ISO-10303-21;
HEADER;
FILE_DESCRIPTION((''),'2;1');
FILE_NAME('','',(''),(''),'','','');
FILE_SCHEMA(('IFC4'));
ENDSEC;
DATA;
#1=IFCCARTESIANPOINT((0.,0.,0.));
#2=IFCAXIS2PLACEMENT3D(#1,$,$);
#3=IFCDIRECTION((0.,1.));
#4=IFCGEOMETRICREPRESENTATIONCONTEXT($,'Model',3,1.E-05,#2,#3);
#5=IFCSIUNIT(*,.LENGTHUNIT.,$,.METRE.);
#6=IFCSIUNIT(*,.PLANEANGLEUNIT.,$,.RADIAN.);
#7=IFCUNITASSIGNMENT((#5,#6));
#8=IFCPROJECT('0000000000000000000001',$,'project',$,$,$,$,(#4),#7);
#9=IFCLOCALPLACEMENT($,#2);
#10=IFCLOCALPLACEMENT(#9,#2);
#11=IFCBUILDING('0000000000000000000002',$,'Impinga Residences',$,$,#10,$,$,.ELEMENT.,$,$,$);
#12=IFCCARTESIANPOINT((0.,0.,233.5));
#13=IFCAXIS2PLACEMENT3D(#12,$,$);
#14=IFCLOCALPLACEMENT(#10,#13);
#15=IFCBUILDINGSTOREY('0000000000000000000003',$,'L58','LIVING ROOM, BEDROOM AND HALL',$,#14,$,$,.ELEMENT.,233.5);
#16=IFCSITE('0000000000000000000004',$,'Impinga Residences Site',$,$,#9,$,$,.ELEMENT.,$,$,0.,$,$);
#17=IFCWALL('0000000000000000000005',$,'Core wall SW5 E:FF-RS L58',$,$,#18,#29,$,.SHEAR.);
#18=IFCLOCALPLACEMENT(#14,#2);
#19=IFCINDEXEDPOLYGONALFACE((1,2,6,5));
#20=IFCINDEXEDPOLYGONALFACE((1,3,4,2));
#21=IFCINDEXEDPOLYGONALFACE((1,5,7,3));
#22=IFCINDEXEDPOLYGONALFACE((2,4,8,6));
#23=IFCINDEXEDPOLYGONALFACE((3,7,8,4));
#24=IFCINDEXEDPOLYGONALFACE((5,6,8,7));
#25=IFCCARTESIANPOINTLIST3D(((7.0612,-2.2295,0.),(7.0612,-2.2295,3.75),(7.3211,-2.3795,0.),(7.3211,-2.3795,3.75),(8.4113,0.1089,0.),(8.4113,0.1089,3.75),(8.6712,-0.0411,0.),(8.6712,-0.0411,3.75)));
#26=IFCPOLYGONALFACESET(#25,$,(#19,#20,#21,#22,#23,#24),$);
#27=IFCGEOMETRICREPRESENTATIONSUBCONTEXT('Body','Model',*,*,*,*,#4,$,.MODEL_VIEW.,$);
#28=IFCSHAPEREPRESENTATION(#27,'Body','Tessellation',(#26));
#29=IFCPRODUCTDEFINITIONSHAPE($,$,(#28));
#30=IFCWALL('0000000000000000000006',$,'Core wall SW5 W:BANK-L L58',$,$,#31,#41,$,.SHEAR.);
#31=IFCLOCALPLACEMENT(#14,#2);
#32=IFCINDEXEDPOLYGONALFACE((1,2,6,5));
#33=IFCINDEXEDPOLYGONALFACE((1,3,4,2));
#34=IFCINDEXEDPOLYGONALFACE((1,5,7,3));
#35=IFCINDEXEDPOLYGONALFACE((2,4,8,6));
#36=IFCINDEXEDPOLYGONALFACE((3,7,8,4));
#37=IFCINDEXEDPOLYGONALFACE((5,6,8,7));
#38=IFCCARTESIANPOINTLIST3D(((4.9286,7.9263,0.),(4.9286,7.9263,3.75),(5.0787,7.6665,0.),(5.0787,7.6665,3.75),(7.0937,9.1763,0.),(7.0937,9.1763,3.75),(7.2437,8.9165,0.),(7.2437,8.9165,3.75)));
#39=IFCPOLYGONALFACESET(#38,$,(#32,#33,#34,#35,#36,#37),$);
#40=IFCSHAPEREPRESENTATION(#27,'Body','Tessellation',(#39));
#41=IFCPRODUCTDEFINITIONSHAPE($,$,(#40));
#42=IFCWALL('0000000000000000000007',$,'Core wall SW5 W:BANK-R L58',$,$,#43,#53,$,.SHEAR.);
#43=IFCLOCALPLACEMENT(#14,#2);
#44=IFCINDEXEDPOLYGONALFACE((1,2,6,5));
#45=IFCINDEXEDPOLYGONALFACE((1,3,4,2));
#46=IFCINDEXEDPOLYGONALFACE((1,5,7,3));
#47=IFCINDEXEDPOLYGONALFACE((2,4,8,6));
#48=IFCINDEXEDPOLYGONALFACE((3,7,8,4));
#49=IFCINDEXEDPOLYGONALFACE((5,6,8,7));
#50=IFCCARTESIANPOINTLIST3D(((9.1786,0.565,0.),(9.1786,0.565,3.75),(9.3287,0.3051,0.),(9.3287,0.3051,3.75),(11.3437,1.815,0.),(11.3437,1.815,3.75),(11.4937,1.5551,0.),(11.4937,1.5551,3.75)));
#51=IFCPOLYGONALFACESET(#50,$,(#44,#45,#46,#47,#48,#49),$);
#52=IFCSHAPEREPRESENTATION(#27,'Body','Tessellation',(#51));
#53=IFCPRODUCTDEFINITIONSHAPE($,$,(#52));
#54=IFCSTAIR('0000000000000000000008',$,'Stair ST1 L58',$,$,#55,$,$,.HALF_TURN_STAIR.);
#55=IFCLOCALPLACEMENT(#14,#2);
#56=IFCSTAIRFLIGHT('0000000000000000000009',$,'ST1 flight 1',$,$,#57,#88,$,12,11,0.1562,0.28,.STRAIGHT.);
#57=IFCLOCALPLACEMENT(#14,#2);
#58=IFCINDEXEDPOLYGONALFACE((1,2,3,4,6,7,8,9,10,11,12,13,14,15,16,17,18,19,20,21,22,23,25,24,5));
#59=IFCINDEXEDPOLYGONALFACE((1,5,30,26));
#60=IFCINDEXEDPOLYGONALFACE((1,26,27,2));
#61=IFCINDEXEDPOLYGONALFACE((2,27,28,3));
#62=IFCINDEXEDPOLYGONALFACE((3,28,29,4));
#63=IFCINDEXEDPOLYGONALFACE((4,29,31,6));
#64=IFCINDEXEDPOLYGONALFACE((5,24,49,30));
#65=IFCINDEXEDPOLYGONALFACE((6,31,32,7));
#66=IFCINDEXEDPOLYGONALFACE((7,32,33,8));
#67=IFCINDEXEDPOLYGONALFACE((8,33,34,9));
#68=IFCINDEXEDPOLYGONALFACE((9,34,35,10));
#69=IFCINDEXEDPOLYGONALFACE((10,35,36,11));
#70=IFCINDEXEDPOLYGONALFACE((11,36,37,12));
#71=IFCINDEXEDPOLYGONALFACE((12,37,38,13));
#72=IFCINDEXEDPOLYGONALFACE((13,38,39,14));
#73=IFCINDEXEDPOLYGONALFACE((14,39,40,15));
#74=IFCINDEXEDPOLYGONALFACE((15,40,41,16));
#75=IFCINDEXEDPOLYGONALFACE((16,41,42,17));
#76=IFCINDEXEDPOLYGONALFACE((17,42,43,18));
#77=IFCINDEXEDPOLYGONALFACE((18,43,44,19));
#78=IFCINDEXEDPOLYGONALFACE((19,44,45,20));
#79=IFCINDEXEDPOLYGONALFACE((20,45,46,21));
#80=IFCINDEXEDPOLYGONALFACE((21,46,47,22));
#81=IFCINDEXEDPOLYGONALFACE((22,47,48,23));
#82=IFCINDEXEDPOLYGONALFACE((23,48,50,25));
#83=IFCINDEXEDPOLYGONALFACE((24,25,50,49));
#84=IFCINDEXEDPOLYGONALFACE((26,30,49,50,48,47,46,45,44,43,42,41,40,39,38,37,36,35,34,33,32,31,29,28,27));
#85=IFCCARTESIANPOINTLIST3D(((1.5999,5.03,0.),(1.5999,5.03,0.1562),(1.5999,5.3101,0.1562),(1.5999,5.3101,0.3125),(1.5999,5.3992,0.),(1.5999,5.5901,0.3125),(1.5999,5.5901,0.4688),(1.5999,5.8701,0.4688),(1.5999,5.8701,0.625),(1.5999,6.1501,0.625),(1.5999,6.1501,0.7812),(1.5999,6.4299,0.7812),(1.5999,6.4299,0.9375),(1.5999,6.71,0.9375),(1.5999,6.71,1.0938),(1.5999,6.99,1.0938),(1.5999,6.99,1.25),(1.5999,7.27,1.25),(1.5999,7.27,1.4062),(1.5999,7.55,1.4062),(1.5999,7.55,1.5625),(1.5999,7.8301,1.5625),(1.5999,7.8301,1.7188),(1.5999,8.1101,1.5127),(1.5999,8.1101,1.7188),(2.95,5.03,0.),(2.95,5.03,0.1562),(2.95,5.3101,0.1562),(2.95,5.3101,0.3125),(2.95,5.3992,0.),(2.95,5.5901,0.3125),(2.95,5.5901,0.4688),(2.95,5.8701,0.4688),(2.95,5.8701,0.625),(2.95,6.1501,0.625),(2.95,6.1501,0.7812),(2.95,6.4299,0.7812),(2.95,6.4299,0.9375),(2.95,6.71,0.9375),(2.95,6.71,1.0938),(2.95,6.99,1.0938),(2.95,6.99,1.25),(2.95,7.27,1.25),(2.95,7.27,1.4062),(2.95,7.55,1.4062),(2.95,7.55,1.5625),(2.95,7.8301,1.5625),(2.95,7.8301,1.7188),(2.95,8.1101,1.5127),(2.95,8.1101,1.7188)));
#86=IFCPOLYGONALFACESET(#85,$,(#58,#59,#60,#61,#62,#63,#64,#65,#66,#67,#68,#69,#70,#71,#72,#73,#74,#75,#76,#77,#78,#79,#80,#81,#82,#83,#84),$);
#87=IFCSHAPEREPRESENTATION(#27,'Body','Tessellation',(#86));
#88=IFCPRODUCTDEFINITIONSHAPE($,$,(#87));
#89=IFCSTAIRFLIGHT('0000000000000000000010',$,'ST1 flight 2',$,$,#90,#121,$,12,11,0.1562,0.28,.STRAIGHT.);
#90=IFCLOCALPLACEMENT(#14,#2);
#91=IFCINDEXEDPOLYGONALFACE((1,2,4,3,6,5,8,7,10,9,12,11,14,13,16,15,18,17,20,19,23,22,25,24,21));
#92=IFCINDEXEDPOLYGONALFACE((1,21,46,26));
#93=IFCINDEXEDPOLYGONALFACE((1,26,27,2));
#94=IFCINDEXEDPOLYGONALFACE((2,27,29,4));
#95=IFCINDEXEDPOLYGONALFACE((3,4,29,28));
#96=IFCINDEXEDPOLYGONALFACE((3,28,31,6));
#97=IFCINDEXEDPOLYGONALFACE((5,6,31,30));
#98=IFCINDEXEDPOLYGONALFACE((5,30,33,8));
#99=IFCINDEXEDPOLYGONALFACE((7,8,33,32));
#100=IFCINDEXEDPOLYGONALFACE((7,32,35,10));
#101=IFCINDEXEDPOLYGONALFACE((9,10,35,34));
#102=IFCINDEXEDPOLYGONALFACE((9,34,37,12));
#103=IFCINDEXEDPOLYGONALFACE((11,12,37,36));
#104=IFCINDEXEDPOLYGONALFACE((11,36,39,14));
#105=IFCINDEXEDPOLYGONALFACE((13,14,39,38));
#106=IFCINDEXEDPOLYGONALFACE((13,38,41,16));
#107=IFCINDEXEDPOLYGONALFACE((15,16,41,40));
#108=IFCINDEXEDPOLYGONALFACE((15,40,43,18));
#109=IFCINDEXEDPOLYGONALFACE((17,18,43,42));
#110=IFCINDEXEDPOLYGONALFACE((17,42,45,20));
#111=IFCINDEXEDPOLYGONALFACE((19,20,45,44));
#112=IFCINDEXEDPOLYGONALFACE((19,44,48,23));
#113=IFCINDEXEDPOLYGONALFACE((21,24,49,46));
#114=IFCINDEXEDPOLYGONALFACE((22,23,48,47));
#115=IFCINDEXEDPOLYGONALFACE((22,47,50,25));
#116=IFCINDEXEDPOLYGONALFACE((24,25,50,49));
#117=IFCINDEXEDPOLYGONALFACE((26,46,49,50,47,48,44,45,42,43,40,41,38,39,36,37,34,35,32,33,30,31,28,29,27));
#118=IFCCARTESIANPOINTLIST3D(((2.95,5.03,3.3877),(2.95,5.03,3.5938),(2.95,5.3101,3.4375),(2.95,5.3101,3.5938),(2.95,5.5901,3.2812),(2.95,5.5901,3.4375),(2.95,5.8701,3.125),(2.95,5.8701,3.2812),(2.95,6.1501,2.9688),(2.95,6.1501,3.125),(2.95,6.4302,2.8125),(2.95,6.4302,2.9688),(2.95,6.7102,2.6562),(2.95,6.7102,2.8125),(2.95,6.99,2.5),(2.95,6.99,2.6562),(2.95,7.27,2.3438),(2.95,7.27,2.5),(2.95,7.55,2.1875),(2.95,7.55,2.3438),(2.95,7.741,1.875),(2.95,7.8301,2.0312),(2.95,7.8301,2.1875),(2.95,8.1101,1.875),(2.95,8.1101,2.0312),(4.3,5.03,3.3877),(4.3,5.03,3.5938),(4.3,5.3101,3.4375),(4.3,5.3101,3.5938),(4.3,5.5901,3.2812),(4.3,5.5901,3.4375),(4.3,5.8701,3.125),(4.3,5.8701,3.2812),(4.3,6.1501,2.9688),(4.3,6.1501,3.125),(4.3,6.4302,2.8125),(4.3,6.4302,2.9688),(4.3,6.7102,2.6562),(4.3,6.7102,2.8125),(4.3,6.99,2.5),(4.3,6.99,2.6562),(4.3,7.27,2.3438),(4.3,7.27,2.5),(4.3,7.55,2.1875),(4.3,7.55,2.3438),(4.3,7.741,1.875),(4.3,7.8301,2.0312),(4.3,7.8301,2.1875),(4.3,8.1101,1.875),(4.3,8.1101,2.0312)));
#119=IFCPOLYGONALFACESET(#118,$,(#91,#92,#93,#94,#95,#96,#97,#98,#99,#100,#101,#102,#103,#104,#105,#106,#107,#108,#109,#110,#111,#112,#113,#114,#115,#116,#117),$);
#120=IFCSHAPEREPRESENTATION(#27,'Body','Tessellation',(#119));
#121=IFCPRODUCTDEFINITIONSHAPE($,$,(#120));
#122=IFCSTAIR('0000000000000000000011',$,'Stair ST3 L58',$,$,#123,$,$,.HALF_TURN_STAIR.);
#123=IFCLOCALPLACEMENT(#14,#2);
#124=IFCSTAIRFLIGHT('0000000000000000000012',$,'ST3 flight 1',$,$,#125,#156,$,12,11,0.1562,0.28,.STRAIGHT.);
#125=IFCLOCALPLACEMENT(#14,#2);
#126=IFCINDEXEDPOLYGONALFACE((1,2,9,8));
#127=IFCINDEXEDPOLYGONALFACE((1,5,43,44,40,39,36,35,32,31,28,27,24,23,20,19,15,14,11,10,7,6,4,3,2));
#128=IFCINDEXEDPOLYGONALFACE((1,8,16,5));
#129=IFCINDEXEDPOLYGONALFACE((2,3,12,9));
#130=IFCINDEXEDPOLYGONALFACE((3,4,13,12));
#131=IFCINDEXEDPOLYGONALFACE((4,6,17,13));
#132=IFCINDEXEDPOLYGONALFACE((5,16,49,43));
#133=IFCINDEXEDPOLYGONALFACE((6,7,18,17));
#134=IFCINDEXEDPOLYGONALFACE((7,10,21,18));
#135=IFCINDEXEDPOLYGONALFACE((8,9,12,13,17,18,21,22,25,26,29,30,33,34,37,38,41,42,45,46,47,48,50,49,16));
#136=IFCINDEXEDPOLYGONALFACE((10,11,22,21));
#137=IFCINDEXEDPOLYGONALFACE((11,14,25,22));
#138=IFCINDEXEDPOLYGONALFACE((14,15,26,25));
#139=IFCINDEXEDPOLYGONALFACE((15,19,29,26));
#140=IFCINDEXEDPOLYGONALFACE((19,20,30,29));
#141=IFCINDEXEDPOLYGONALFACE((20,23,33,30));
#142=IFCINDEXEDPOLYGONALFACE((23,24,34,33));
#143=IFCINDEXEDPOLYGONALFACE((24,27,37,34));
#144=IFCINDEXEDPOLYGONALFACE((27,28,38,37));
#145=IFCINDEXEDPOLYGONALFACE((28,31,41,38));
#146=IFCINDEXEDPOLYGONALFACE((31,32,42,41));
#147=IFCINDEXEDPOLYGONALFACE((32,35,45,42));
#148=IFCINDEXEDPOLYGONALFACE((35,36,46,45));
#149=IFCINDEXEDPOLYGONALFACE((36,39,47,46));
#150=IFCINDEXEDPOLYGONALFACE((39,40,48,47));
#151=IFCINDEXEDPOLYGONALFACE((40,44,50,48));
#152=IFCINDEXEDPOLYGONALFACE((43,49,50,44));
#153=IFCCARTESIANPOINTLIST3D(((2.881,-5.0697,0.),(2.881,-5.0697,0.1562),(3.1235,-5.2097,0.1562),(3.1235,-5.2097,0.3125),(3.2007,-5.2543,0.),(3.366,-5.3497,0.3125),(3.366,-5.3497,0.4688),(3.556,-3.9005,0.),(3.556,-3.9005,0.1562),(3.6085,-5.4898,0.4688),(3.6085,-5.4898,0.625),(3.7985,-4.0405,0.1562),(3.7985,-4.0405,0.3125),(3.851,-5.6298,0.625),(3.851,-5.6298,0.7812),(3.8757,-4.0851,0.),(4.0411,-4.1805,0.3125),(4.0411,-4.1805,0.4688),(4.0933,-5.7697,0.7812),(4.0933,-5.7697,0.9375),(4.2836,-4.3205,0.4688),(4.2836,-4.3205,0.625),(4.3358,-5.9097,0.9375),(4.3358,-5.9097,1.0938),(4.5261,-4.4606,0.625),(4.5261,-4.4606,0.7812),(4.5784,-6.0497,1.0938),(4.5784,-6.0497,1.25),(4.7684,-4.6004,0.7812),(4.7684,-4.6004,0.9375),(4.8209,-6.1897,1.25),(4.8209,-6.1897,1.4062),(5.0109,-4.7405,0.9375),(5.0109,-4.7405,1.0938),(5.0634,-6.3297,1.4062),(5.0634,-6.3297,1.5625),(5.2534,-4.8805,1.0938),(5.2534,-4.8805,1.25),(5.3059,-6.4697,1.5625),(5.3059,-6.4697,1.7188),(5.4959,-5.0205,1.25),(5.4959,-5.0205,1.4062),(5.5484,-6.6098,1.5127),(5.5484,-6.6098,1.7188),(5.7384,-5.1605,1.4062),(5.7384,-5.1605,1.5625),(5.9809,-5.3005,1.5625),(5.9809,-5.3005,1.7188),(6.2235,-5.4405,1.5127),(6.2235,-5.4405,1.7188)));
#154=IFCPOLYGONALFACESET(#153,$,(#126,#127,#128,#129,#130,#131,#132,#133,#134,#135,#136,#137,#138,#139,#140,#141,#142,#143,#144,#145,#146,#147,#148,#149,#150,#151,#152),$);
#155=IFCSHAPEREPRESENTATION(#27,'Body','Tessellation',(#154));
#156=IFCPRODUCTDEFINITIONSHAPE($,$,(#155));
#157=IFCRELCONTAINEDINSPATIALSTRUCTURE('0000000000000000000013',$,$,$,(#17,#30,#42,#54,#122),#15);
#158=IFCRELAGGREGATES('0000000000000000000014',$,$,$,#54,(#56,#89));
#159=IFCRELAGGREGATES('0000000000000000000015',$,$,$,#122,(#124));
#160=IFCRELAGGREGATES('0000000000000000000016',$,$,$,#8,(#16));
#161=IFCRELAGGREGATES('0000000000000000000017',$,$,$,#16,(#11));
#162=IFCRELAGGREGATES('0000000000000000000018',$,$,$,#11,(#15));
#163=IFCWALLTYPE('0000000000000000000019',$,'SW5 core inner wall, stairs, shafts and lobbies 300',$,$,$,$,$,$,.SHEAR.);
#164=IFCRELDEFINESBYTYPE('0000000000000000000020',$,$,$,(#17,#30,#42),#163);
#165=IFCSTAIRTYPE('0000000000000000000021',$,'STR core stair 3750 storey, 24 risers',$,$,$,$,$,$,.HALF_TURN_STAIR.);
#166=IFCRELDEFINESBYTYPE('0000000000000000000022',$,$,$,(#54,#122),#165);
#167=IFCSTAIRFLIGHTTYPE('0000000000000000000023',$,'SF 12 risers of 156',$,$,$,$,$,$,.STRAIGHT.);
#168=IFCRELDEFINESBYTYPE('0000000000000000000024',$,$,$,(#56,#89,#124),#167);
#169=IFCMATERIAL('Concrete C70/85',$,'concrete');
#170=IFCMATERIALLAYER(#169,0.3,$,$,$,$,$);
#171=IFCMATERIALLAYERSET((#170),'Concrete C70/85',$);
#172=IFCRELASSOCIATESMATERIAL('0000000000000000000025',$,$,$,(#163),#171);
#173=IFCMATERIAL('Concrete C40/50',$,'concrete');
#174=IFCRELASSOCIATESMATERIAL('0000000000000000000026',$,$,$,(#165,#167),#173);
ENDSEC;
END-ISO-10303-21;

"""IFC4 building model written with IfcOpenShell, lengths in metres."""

from ifc_helpers import new_model, si_unit, direction, frame, frame_2d, origin, place, context, subcontext, project, spatial, polyline, rectangle, outline, extrude, material, layer, layer_set, type_object, element, aggregate, save


model = new_model("IFC4")

# Units and contexts
model_context = context("Model", 3, precision=1e-05, world=origin(), true_north=direction((0.0, 1.0)))
body_context = subcontext(model_context, "Body", "Model", "MODEL_VIEW")
ifc_project = project(units=[si_unit("LENGTHUNIT", "METRE"), si_unit("PLANEANGLEUNIT", "RADIAN")], contexts=[model_context])

# Site, building, storey
site_placement = place(None, origin())
site = spatial("IfcSite", under=ifc_project, at=site_placement, Name="Impinga Residences Site", CompositionType="ELEMENT", RefElevation=0.0)
building_placement = place(site_placement, origin())
building = spatial("IfcBuilding", under=site, at=building_placement, Name="Impinga Residences", CompositionType="ELEMENT")
storey_placement = place(building_placement, frame((0.0, 0.0, 233.5)))
storey = spatial("IfcBuildingStorey", under=building, at=storey_placement, Name="L58", Description="LIVING ROOM, BEDROOM AND HALL", CompositionType="ELEMENT", Elevation=233.5)

# Shared definitions
ifc_material_1 = material(Name="Concrete C70/85", Category="concrete")
ifc_layer_1 = layer(ifc_material_1, 0.3)
ifc_layer_set_1 = layer_set([ifc_layer_1], Name="Concrete C70/85")
wall_type_1 = type_object("IfcWallType", Name="SW5 core inner wall, stairs, shafts and lobbies 300", PredefinedType="SHEAR", material=ifc_layer_set_1)

# Walls
wall_1_placement = place(storey_placement, frame((8.5413, 0.0339, 0.0), z_axis=(0.0, 0.0, 1.0), x_axis=(-0.500009, -0.86602, 0.0)))
element("IfcWall", 1, at=wall_1_placement, inside=storey, type_object=wall_type_1, Name="Core wall SW5 E:FF-RS L58", PredefinedType="SHEAR", context=body_context, shape_type="SweptSolid", body=[
    extrude(rectangle(XDim=2.7002, YDim=0.3, at=frame_2d((1.3501, 0.0))), origin(), (0.0, 0.0, 1.0), 3.75),
])
for number, where, z_axis, x_axis, name in (
    (2, (5.0037, 7.7964, 0.0), (0.0, 0.0, 1.0), (0.866023, 0.500004, 0.0), "Core wall SW5 W:BANK-L L58"),
    (3, (9.2537, 0.4351, 0.0), (0.0, 0.0, 1.0), (0.866023, 0.500004, 0.0), "Core wall SW5 W:BANK-R L58"),
):
    element("IfcWall", number, at=place(storey_placement, frame(where, z_axis=z_axis, x_axis=x_axis)), inside=storey, type_object=wall_type_1, Name=name, PredefinedType="SHEAR", context=body_context, shape_type="SweptSolid", body=[
        extrude(rectangle(XDim=2.5, YDim=0.3, at=frame_2d((1.25, 0.0))), origin(), (0.0, 0.0, 1.0), 3.75),
    ])

# Stair, stair flights
ifc_material_2 = material(Name="Concrete C40/50", Category="concrete")
stair_type = type_object("IfcStairType", Name="STR core stair 3750 storey, 24 risers", PredefinedType="HALF_TURN_STAIR", material=ifc_material_2)
stair_1_placement = place(storey_placement, origin())
stair_1 = element("IfcStair", 4, at=stair_1_placement, inside=storey, type_object=stair_type, Name="Stair ST1 L58", PredefinedType="HALF_TURN_STAIR")
stair_flight_type = type_object("IfcStairFlightType", Name="SF 12 risers of 156", PredefinedType="STRAIGHT", material=ifc_material_2)
stair_flight_1_placement = place(storey_placement, frame((2.2749, 5.03, 0.0), z_axis=(0.0, 0.0, 1.0), x_axis=(0.0, 1.0, 0.0)))
stair_flight_1 = element("IfcStairFlight", 5, at=stair_flight_1_placement, type_object=stair_flight_type, Name="ST1 flight 1", NumberOfRisers=12, NumberOfTreads=11, PredefinedType="STRAIGHT", RiserHeight=0.1562, TreadLength=0.28, context=body_context, shape_type="SweptSolid", body=[
    extrude(outline(polyline([(0.0, 0.0), (0.0, 0.1562), (0.28, 0.1562), (0.28, 0.3125), (0.5601, 0.3125), (0.5601, 0.4688), (0.8401, 0.4688), (0.8401, 0.625), (1.1201, 0.625), (1.1201, 0.7812), (1.3999, 0.7812), (1.3999, 0.9375), (1.6799, 0.9375), (1.6799, 1.0938), (1.96, 1.0938), (1.96, 1.25), (2.24, 1.25), (2.24, 1.4062), (2.52, 1.4062), (2.52, 1.5625), (2.8, 1.5625), (2.8, 1.7188), (3.0801, 1.7188), (3.0801, 1.875), (3.0801, 1.5127), (0.3691, 0.0), (0.0, 0.0)])), frame((0.0, 0.675, 0.0), z_axis=(0.0, -1.0, 0.0), x_axis=(1.0, 0.0, 0.0)), (0.0, 0.0, 1.0), 1.3501),
])
stair_flight_2_placement = place(storey_placement, frame((3.625, 8.1101, 1.875), z_axis=(0.0, 0.0, 1.0), x_axis=(0.0, -1.0, 0.0)))
stair_flight_2 = element("IfcStairFlight", 6, at=stair_flight_2_placement, type_object=stair_flight_type, Name="ST1 flight 2", NumberOfRisers=12, NumberOfTreads=11, PredefinedType="STRAIGHT", RiserHeight=0.1562, TreadLength=0.28, context=body_context, shape_type="SweptSolid", body=[
    extrude(outline(polyline([(0.0, 0.0), (0.0, 0.1562), (0.28, 0.1562), (0.28, 0.3125), (0.5601, 0.3125), (0.5601, 0.4688), (0.8401, 0.4688), (0.8401, 0.625), (1.1201, 0.625), (1.1201, 0.7812), (1.3999, 0.7812), (1.3999, 0.9375), (1.6799, 0.9375), (1.6799, 1.0938), (1.96, 1.0938), (1.96, 1.25), (2.24, 1.25), (2.24, 1.4062), (2.52, 1.4062), (2.52, 1.5625), (2.8, 1.5625), (2.8, 1.7188), (3.0801, 1.7188), (3.0801, 1.875), (3.0801, 1.5127), (0.3691, 0.0), (0.0, 0.0)])), frame((0.0, 0.675, 0.0), z_axis=(0.0, -1.0, 0.0), x_axis=(1.0, 0.0, 0.0)), (0.0, 0.0, 1.0), 1.3501),
])
aggregate(stair_1, [stair_flight_1, stair_flight_2])

# Stair, stair flight
stair_2_placement = place(storey_placement, origin())
stair_2 = element("IfcStair", 7, at=stair_2_placement, inside=storey, type_object=stair_type, Name="Stair ST3 L58", PredefinedType="HALF_TURN_STAIR")
stair_flight_3_placement = place(storey_placement, frame((3.2185, -4.4851, 0.0), z_axis=(0.0, 0.0, 1.0), x_axis=(0.866025, -0.5, 0.0)))
stair_flight_3 = element("IfcStairFlight", 8, at=stair_flight_3_placement, type_object=stair_flight_type, Name="ST3 flight 1", NumberOfRisers=12, NumberOfTreads=11, PredefinedType="STRAIGHT", RiserHeight=0.1562, TreadLength=0.28, context=body_context, shape_type="SweptSolid", body=[
    extrude(outline(polyline([(0.0, 0.0), (0.0, 0.1562), (0.28, 0.1562), (0.28, 0.3125), (0.5601, 0.3125), (0.5601, 0.4688), (0.8401, 0.4688), (0.8401, 0.625), (1.1201, 0.625), (1.1201, 0.7812), (1.3999, 0.7812), (1.3999, 0.9375), (1.6799, 0.9375), (1.6799, 1.0938), (1.96, 1.0938), (1.96, 1.25), (2.24, 1.25), (2.24, 1.4062), (2.52, 1.4062), (2.52, 1.5625), (2.8, 1.5625), (2.8, 1.7188), (3.0801, 1.7188), (3.0801, 1.875), (3.0801, 1.5127), (0.3691, 0.0), (0.0, 0.0)])), frame((0.0, 0.675, 0.0), z_axis=(0.0, -1.0, 0.0), x_axis=(1.0, 0.0, 0.0)), (0.0, 0.0, 1.0), 1.3501),
])
aggregate(stair_2, [stair_flight_3])

save(model, "model.ifc")
